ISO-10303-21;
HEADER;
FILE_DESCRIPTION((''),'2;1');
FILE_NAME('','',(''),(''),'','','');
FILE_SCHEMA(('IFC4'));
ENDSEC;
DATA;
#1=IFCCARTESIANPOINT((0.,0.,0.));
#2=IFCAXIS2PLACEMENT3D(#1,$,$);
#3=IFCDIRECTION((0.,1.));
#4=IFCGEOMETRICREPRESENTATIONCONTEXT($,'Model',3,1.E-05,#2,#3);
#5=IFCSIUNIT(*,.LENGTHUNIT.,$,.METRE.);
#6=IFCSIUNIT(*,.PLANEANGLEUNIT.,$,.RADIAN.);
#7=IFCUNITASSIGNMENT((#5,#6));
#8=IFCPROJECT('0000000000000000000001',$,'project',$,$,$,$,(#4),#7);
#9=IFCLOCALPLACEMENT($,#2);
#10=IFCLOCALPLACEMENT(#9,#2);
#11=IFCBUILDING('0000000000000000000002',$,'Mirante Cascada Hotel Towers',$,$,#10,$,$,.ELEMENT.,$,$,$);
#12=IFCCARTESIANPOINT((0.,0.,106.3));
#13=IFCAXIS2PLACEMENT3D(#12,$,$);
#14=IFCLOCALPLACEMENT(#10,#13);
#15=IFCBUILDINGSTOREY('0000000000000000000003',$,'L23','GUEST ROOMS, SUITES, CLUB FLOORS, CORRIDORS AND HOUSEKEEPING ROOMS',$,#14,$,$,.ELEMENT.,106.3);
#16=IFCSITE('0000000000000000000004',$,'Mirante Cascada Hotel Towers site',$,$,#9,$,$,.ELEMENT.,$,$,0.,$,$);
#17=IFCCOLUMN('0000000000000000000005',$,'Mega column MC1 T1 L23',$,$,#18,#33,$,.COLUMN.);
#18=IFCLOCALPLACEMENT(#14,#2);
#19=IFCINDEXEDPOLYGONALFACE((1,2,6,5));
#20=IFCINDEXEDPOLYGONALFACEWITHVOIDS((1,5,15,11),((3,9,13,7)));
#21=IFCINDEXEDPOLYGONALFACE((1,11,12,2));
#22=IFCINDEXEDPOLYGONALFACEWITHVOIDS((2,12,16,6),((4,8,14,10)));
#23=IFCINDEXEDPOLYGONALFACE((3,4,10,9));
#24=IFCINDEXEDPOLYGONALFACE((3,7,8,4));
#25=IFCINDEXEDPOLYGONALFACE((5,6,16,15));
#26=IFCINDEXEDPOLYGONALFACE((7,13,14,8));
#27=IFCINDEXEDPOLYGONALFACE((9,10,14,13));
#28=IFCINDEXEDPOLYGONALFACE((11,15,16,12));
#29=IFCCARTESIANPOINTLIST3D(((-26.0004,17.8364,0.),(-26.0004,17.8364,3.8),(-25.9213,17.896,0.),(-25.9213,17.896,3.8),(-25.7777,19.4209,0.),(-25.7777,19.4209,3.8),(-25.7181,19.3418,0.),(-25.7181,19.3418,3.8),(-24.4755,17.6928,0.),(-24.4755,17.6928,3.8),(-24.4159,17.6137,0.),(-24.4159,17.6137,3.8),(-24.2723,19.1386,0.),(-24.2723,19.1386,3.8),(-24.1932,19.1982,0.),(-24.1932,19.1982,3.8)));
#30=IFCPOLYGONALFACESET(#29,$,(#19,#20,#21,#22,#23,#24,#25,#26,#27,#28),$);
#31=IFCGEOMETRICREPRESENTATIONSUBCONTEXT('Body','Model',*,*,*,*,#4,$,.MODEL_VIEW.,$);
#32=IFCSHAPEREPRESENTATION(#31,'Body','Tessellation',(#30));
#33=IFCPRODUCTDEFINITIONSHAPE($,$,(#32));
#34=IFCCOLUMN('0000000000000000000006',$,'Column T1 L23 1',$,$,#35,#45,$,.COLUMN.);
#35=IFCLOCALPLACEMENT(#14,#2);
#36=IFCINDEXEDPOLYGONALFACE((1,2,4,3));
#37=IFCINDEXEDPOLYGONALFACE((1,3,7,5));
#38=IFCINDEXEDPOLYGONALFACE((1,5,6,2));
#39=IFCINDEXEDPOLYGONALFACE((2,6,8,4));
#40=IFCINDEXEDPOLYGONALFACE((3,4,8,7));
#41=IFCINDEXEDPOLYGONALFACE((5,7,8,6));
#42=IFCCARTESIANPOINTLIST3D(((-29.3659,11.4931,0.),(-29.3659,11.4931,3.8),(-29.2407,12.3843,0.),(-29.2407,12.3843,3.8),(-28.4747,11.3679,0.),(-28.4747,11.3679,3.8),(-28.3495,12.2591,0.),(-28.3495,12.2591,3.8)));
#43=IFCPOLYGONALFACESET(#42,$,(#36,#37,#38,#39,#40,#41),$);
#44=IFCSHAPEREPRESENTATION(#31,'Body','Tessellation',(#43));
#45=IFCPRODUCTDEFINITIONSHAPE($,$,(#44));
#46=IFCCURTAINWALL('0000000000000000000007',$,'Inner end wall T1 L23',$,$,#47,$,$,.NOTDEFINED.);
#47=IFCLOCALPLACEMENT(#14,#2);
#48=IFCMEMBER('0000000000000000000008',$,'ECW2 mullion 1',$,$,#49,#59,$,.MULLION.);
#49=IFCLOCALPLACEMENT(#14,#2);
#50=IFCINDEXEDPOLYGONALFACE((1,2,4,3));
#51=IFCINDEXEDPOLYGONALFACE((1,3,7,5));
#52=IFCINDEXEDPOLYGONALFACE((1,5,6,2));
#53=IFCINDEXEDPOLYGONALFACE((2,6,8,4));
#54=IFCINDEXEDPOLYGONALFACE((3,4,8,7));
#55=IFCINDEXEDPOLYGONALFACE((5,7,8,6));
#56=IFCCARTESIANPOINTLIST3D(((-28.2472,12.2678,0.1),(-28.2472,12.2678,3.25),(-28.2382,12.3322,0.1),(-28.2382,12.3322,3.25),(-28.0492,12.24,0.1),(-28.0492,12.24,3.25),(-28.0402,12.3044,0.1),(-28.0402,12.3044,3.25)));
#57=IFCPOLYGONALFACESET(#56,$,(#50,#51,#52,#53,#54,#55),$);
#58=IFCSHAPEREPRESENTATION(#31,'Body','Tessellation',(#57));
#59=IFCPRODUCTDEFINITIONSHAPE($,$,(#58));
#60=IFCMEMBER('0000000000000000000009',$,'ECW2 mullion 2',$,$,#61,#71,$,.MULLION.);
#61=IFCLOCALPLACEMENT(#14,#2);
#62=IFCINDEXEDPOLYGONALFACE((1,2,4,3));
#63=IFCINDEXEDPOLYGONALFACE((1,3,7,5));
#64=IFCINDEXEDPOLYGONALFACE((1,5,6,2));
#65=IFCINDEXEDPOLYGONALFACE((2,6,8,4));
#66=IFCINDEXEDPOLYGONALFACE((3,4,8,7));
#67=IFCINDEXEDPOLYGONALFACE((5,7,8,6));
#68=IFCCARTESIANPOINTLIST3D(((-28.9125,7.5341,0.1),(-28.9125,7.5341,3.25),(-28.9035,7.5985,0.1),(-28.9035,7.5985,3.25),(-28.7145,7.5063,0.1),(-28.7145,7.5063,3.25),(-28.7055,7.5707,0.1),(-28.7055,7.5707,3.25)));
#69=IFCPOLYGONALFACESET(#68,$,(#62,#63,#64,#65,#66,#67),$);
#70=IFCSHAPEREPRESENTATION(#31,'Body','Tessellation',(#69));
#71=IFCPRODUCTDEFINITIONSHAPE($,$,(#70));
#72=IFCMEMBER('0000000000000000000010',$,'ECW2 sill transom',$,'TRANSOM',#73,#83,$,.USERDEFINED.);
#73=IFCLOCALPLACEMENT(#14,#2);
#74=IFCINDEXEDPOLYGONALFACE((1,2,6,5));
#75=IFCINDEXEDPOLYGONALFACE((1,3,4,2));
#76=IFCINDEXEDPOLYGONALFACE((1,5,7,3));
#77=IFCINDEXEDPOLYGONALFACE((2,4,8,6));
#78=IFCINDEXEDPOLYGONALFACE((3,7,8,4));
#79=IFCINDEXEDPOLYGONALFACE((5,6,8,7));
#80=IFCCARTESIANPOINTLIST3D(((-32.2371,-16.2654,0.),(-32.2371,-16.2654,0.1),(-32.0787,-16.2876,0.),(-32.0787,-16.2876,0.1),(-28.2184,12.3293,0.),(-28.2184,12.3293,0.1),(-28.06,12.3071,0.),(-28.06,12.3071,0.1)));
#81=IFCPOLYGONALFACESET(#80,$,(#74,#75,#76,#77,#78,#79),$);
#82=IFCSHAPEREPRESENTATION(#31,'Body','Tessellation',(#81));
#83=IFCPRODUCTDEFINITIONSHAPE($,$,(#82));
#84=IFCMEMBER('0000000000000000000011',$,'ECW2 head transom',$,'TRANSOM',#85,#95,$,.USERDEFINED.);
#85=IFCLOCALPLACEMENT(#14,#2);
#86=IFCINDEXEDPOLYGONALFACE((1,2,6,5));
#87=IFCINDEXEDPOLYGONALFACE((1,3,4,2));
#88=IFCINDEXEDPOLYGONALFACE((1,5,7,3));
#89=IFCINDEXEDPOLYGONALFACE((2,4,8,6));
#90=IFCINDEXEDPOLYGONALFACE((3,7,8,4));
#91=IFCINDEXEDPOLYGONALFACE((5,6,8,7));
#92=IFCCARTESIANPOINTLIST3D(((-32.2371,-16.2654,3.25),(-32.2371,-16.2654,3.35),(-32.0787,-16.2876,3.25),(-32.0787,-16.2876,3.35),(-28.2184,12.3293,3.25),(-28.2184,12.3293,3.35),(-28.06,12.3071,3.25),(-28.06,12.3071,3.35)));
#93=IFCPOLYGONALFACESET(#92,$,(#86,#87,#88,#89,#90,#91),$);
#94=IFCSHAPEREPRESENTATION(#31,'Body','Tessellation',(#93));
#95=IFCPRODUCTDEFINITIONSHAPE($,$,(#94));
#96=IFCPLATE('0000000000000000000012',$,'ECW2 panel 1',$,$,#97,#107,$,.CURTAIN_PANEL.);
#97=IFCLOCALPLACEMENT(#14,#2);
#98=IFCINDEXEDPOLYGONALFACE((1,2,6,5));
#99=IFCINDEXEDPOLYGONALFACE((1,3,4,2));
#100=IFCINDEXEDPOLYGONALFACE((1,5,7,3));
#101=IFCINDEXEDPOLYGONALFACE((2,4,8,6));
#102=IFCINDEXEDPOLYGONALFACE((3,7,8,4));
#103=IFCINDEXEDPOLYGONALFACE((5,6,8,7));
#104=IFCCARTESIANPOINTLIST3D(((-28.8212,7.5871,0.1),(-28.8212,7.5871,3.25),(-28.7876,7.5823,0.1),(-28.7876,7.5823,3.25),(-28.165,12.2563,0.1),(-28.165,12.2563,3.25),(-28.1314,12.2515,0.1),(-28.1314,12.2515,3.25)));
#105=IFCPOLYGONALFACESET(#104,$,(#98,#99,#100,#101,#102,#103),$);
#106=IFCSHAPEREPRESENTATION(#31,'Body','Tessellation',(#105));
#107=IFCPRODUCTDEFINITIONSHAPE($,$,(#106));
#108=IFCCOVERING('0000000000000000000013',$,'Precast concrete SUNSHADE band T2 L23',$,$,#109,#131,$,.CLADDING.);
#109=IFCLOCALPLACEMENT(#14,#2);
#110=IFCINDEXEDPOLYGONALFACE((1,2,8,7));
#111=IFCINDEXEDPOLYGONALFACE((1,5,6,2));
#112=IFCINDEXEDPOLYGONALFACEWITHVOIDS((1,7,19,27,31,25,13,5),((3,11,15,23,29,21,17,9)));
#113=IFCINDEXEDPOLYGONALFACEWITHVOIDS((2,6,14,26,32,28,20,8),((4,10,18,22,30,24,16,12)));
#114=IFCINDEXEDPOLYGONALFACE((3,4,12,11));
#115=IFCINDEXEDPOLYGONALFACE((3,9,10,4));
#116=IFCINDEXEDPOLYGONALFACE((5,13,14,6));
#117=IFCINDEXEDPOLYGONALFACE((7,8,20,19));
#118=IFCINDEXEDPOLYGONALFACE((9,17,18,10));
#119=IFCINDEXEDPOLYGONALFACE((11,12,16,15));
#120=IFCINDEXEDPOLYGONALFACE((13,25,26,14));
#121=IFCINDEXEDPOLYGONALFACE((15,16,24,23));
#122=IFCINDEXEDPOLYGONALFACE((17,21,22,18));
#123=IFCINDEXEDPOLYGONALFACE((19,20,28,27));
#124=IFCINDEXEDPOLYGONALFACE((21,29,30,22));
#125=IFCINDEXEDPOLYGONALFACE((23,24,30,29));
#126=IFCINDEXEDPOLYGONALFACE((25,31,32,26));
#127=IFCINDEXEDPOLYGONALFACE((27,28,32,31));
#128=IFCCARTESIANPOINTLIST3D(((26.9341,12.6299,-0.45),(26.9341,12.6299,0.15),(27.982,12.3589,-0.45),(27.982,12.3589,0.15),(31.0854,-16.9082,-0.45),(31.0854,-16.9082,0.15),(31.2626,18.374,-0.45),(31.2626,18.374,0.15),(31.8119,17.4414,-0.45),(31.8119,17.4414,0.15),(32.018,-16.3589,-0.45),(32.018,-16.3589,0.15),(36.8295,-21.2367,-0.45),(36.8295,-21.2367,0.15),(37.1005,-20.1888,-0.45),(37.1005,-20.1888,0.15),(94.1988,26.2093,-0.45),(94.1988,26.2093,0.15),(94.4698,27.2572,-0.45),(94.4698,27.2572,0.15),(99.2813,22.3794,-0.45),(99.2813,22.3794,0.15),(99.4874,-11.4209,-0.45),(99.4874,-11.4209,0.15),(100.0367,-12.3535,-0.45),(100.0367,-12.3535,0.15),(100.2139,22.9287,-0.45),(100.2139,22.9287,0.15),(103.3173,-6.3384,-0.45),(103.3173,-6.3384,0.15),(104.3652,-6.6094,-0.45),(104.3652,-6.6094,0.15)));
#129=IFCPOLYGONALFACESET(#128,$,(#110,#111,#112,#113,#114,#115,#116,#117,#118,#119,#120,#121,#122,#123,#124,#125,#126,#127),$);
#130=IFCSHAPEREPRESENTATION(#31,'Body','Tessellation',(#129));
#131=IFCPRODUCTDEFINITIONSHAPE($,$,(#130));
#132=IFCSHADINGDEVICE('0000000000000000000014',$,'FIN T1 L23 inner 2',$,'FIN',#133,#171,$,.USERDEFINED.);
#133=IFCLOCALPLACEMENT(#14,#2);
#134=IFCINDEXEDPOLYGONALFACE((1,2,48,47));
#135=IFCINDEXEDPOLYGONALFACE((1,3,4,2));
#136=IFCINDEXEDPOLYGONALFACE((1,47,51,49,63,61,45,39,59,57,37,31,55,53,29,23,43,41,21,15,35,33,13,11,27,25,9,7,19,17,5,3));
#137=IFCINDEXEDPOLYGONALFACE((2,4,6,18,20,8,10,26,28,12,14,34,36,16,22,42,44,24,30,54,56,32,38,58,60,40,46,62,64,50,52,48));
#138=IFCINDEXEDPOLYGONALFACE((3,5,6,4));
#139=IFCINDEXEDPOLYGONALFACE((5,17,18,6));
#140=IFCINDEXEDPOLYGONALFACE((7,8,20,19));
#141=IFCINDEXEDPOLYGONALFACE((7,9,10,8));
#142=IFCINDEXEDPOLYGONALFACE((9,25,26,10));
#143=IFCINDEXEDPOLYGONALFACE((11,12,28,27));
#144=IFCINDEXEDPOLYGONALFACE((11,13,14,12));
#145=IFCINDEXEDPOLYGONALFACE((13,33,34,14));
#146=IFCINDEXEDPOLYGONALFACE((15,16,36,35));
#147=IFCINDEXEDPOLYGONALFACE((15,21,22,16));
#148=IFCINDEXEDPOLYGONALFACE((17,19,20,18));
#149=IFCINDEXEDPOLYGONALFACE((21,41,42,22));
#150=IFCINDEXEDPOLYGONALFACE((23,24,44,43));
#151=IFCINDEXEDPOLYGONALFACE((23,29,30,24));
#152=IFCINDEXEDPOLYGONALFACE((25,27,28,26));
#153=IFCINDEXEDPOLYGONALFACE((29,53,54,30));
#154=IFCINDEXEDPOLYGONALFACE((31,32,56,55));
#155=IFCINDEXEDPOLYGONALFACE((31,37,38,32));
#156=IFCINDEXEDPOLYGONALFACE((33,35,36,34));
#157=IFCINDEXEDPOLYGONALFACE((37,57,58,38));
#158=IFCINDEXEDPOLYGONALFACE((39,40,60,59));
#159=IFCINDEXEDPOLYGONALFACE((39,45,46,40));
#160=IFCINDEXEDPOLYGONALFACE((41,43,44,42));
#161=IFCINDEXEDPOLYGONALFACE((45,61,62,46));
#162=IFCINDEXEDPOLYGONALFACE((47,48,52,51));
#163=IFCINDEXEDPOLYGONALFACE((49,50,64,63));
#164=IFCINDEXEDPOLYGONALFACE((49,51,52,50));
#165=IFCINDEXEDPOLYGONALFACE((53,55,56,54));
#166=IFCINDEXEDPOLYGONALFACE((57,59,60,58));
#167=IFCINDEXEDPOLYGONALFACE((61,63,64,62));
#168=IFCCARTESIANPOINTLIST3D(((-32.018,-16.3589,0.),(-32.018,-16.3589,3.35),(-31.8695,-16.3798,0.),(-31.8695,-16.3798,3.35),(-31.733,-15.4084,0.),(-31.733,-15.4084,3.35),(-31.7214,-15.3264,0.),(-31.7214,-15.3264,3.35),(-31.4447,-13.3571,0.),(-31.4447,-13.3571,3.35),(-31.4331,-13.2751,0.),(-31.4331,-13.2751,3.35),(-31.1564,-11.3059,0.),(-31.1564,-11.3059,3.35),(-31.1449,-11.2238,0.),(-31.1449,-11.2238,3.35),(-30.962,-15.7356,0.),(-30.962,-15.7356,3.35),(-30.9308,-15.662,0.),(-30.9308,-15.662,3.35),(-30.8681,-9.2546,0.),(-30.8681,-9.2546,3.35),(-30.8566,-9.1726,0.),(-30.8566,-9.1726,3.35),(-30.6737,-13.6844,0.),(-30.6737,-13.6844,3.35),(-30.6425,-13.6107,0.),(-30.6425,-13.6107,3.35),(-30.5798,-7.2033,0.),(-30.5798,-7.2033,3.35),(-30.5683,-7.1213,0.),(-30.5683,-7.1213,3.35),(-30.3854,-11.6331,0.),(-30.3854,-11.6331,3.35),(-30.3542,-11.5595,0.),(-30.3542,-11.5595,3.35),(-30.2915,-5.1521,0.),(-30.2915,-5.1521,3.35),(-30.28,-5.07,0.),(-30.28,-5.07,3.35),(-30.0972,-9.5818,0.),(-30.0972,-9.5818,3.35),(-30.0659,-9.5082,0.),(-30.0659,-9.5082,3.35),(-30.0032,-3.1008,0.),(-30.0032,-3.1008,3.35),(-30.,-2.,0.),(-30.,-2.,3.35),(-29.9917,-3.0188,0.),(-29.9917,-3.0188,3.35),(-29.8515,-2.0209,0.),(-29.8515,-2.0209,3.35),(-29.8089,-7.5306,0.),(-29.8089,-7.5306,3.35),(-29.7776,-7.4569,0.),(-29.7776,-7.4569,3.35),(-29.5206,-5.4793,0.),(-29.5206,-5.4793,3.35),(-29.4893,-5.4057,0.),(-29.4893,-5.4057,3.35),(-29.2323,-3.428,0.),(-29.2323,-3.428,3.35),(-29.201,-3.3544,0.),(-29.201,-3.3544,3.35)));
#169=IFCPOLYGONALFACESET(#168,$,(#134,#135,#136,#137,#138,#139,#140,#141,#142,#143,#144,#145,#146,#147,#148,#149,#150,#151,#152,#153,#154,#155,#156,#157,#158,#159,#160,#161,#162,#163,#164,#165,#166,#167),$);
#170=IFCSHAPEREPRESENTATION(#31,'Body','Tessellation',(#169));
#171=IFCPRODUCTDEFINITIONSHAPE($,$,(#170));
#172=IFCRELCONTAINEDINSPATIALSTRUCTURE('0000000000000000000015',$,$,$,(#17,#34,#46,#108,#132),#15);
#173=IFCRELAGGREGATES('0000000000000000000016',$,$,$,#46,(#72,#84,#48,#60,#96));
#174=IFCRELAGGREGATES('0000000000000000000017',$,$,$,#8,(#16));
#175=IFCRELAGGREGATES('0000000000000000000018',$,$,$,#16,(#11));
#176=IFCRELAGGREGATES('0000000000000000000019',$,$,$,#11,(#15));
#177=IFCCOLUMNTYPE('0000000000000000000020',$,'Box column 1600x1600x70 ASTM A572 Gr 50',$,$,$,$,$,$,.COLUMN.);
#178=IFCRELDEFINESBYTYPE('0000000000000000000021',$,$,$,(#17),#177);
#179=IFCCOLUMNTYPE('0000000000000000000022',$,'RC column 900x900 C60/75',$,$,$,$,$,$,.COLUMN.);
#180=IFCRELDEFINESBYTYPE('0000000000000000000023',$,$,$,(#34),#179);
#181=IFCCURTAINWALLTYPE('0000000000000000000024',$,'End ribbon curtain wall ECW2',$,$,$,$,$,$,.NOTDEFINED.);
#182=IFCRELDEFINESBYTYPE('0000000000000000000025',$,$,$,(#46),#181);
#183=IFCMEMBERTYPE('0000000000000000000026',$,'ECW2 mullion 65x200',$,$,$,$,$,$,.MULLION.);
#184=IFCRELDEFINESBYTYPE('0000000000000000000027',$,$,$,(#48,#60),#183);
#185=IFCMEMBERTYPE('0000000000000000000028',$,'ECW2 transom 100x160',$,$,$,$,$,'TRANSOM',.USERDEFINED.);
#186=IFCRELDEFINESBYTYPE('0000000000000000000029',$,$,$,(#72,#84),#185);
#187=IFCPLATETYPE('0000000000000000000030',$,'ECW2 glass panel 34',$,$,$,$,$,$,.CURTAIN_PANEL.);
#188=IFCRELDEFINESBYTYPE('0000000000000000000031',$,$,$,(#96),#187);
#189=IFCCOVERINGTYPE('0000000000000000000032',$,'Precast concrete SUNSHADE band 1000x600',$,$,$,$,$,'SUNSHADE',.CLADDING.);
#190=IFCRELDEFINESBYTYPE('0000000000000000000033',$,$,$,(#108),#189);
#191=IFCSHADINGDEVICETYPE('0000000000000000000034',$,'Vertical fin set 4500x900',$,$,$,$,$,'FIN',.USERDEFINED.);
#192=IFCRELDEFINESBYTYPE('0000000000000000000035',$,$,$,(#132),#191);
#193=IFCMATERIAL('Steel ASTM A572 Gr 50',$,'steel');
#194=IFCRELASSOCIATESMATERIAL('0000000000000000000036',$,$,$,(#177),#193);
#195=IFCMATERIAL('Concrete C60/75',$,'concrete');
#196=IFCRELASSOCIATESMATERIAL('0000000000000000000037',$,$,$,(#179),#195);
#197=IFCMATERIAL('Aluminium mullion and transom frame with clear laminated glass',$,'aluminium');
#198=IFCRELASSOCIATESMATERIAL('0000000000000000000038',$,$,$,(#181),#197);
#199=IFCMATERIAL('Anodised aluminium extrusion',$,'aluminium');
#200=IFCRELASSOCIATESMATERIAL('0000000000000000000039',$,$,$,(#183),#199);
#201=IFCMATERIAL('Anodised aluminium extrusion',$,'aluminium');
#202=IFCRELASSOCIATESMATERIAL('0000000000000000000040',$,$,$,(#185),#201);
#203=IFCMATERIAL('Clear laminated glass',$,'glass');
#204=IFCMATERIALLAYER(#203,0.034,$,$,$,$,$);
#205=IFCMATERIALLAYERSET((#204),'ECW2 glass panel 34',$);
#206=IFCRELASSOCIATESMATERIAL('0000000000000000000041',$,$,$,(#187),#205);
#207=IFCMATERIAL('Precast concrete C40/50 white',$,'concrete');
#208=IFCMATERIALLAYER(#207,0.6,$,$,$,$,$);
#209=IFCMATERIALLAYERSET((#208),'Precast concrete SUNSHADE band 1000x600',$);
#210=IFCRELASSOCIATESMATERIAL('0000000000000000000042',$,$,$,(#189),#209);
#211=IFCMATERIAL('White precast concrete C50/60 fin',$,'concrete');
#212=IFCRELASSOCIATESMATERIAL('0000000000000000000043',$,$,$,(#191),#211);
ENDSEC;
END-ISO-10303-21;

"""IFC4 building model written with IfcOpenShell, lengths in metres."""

from ifc_helpers import new_model, si_unit, direction, frame, origin, origin_2d, place, context, subcontext, project, spatial, polyline, rectangle, hollow_rectangle, outline, extrude, material, layer, layer_set, material_profile, profile_set, type_object, element, aggregate, save


model = new_model("IFC4")

# Units and contexts
model_context = context("Model", 3, precision=1e-05, world=origin(), true_north=direction((0.0, 1.0)))
body_context = subcontext(model_context, "Body", "Model", "MODEL_VIEW")
ifc_project = project(units=[si_unit("LENGTHUNIT", "METRE"), si_unit("PLANEANGLEUNIT", "RADIAN")], contexts=[model_context])

# Site, building, storey
site_placement = place(None, origin())
site = spatial("IfcSite", under=ifc_project, at=site_placement, Name="Mirante Cascada Hotel Towers site", CompositionType="ELEMENT", RefElevation=0.0)
building_placement = place(site_placement, origin())
building = spatial("IfcBuilding", under=site, at=building_placement, Name="Mirante Cascada Hotel Towers", CompositionType="ELEMENT")
storey_placement = place(building_placement, frame((0.0, 0.0, 106.3)))
storey = spatial("IfcBuildingStorey", under=building, at=storey_placement, Name="L23", Description="GUEST ROOMS, SUITES, CLUB FLOORS, CORRIDORS AND HOUSEKEEPING ROOMS", CompositionType="ELEMENT", Elevation=106.3)

# Columns
ifc_material_1 = material(Name="Steel ASTM A572 Gr 50", Category="steel")
ifc_material_profile_1 = material_profile(ifc_material_1, hollow_rectangle(XDim=1.6, YDim=1.6, WallThickness=0.07, at=origin_2d()), Name="Box column 1600x1600x70 ASTM A572 Gr 50")
ifc_profile_set_1 = profile_set([ifc_material_profile_1], Name="Steel ASTM A572 Gr 50")
column_type_1 = type_object("IfcColumnType", Name="Box column 1600x1600x70 ASTM A572 Gr 50", PredefinedType="COLUMN", material=ifc_profile_set_1)
column_1_placement = place(storey_placement, frame((-25.0968, 18.5173, 0.0), z_axis=(0.0, 0.0, 1.0), x_axis=(-0.990268, 0.139173, 0.0)))
element("IfcColumn", 1, at=column_1_placement, inside=storey, type_object=column_type_1, Name="Mega column MC1 T1 L23", PredefinedType="COLUMN", context=body_context, shape_type="SweptSolid", body=[
    extrude(hollow_rectangle(XDim=1.6, YDim=1.6, WallThickness=0.07, at=origin_2d()), origin(), (0.0, 0.0, 1.0), 3.8),
])
ifc_material_2 = material(Name="Concrete C60/75", Category="concrete")
ifc_material_profile_2 = material_profile(ifc_material_2, rectangle(XDim=0.9, YDim=0.9, at=origin_2d()), Name="RC column 900x900 C60/75")
ifc_profile_set_2 = profile_set([ifc_material_profile_2], Name="Concrete C60/75")
column_type_2 = type_object("IfcColumnType", Name="RC column 900x900 C60/75", PredefinedType="COLUMN", material=ifc_profile_set_2)
column_2_placement = place(storey_placement, frame((-28.8577, 11.8761, 0.0), z_axis=(0.0, 0.0, 1.0), x_axis=(-0.990268, 0.139173, 0.0)))
element("IfcColumn", 2, at=column_2_placement, inside=storey, type_object=column_type_2, Name="Column T1 L23 1", PredefinedType="COLUMN", context=body_context, shape_type="SweptSolid", body=[
    extrude(rectangle(XDim=0.9, YDim=0.9, at=origin_2d()), origin(), (0.0, 0.0, 1.0), 3.8),
])

# Curtain wall, members, plate
ifc_material_3 = material(Name="Aluminium mullion and transom frame with clear laminated glass", Category="aluminium")
curtain_wall_type = type_object("IfcCurtainWallType", Name="End ribbon curtain wall ECW2", PredefinedType="NOTDEFINED", material=ifc_material_3)
curtain_wall_placement = place(storey_placement, origin())
curtain_wall = element("IfcCurtainWall", 3, at=curtain_wall_placement, inside=storey, type_object=curtain_wall_type, Name="Inner end wall T1 L23", PredefinedType="NOTDEFINED")
ifc_material_4 = material(Name="Anodised aluminium extrusion", Category="aluminium")
ifc_material_profile_3 = material_profile(ifc_material_4, rectangle(XDim=0.2, YDim=0.065, at=origin_2d()), Name="ECW2 MULLION 65x200")
ifc_profile_set_3 = profile_set([ifc_material_profile_3], Name="Anodised aluminium extrusion")
member_type_1 = type_object("IfcMemberType", Name="ECW2 mullion 65x200", PredefinedType="MULLION", material=ifc_profile_set_3)
member_1_placement = place(storey_placement, frame((-28.1437, 12.2861, 0.1), z_axis=(0.0, 0.0, 1.0), x_axis=(0.990268, -0.139173, 0.0)))
member_1 = element("IfcMember", 4, at=member_1_placement, type_object=member_type_1, Name="ECW2 mullion 1", PredefinedType="MULLION", context=body_context, shape_type="SweptSolid", body=[
    extrude(rectangle(XDim=0.2, YDim=0.065, at=origin_2d()), origin(), (0.0, 0.0, 1.0), 3.15),
])
member_2_placement = place(storey_placement, frame((-28.809, 7.5524, 0.1), z_axis=(0.0, 0.0, 1.0), x_axis=(0.990268, -0.139173, 0.0)))
member_2 = element("IfcMember", 5, at=member_2_placement, type_object=member_type_1, Name="ECW2 mullion 2", PredefinedType="MULLION", context=body_context, shape_type="SweptSolid", body=[
    extrude(rectangle(XDim=0.2, YDim=0.065, at=origin_2d()), origin(), (0.0, 0.0, 1.0), 3.15),
])
ifc_material_5 = material(Name="Anodised aluminium extrusion", Category="aluminium")
ifc_material_profile_4 = material_profile(ifc_material_5, rectangle(XDim=0.16, YDim=0.1, at=origin_2d()), Name="ECW2 TRANSOM 100x160")
ifc_profile_set_4 = profile_set([ifc_material_profile_4], Name="Anodised aluminium extrusion")
member_type_2 = type_object("IfcMemberType", Name="ECW2 transom 100x160", ElementType="TRANSOM", PredefinedType="USERDEFINED", material=ifc_profile_set_4)
member_3_placement = place(storey_placement, frame((-28.1392, 12.3182, 0.05), z_axis=(-0.139172, -0.990268, 0.0), x_axis=(0.990268, -0.139172, 0.0)))
member_3 = element("IfcMember", 6, at=member_3_placement, type_object=member_type_2, Name="ECW2 sill transom", ObjectType="TRANSOM", PredefinedType="USERDEFINED", context=body_context, shape_type="SweptSolid", body=[
    extrude(rectangle(XDim=0.16, YDim=0.1, at=origin_2d()), origin(), (0.0, 0.0, 1.0), 28.8757),
])
member_4_placement = place(storey_placement, frame((-28.1392, 12.3182, 3.3), z_axis=(-0.139172, -0.990268, 0.0), x_axis=(0.990268, -0.139172, 0.0)))
member_4 = element("IfcMember", 7, at=member_4_placement, type_object=member_type_2, Name="ECW2 head transom", ObjectType="TRANSOM", PredefinedType="USERDEFINED", context=body_context, shape_type="SweptSolid", body=[
    extrude(rectangle(XDim=0.16, YDim=0.1, at=origin_2d()), origin(), (0.0, 0.0, 1.0), 28.8757),
])
ifc_material_6 = material(Name="Clear laminated glass", Category="glass")
ifc_layer_1 = layer(ifc_material_6, 0.034)
ifc_layer_set_1 = layer_set([ifc_layer_1], Name="ECW2 glass panel 34")
plate_type = type_object("IfcPlateType", Name="ECW2 glass panel 34", PredefinedType="CURTAIN_PANEL", material=ifc_layer_set_1)
plate_placement = place(storey_placement, frame((-28.4763, 9.9193, 0.1), z_axis=(0.0, 0.0, 1.0), x_axis=(-0.139173, -0.990268, 0.0)))
plate = element("IfcPlate", 8, at=plate_placement, type_object=plate_type, Name="ECW2 panel 1", PredefinedType="CURTAIN_PANEL", context=body_context, shape_type="SweptSolid", body=[
    extrude(rectangle(XDim=4.7151, YDim=0.034, at=origin_2d()), origin(), (0.0, 0.0, 1.0), 3.15),
])
aggregate(curtain_wall, [member_3, member_4, member_1, member_2, plate])

# Covering
ifc_material_7 = material(Name="Precast concrete C40/50 white", Category="concrete")
ifc_layer_2 = layer(ifc_material_7, 0.6)
ifc_layer_set_2 = layer_set([ifc_layer_2], Name="Precast concrete SUNSHADE band 1000x600")
covering_type = type_object("IfcCoveringType", Name="Precast concrete SUNSHADE band 1000x600", ElementType="SUNSHADE", PredefinedType="CLADDING", material=ifc_layer_set_2)
covering_placement = place(storey_placement, frame((0.0, 0.0, -0.45)))
element("IfcCovering", 9, at=covering_placement, inside=storey, type_object=covering_type, Name="Precast concrete SUNSHADE band T2 L23", PredefinedType="CLADDING", context=body_context, shape_type="SweptSolid", body=[
    extrude(outline(polyline([(26.9341, 12.6299), (31.2626, 18.374), (94.4698, 27.2572), (100.2139, 22.9287), (104.3652, -6.6094), (100.0367, -12.3535), (36.8295, -21.2367), (31.0854, -16.9082), (26.9341, 12.6299)]), holes=[polyline([(103.3173, -6.3384), (99.2813, 22.3794), (94.1988, 26.2093), (31.8119, 17.4414), (27.982, 12.3589), (32.018, -16.3589), (37.1005, -20.1888), (99.4874, -11.4209), (103.3173, -6.3384)])]), origin(), (0.0, 0.0, 1.0), 0.6),
])

# Shading device
ifc_material_8 = material(Name="White precast concrete C50/60 fin", Category="concrete")
shading_device_type = type_object("IfcShadingDeviceType", Name="Vertical fin set 4500x900", ElementType="FIN", PredefinedType="USERDEFINED", material=ifc_material_8)
shading_device_1_placement = place(storey_placement, origin())
element("IfcShadingDevice", 10, at=shading_device_1_placement, inside=storey, type_object=shading_device_type, Name="FIN T1 L23 inner 2", ObjectType="FIN", PredefinedType="USERDEFINED", context=body_context, shape_type="SweptSolid", body=[
    extrude(outline(polyline([(-31.733, -15.4084), (-31.8695, -16.3798), (-32.018, -16.3589), (-30.0, -2.0), (-29.8515, -2.0209), (-29.9917, -3.0188), (-29.201, -3.3544), (-29.2323, -3.428), (-30.0032, -3.1008), (-30.28, -5.07), (-29.4893, -5.4057), (-29.5206, -5.4793), (-30.2915, -5.1521), (-30.5683, -7.1213), (-29.7776, -7.4569), (-29.8089, -7.5306), (-30.5798, -7.2033), (-30.8566, -9.1726), (-30.0659, -9.5082), (-30.0972, -9.5818), (-30.8681, -9.2546), (-31.1449, -11.2238), (-30.3542, -11.5595), (-30.3854, -11.6331), (-31.1564, -11.3059), (-31.4331, -13.2751), (-30.6425, -13.6107), (-30.6737, -13.6844), (-31.4447, -13.3571), (-31.7214, -15.3264), (-30.9308, -15.662), (-30.962, -15.7356), (-31.733, -15.4084)])), origin(), (0.0, 0.0, 1.0), 3.35),
])

save(model, "model.ifc")
